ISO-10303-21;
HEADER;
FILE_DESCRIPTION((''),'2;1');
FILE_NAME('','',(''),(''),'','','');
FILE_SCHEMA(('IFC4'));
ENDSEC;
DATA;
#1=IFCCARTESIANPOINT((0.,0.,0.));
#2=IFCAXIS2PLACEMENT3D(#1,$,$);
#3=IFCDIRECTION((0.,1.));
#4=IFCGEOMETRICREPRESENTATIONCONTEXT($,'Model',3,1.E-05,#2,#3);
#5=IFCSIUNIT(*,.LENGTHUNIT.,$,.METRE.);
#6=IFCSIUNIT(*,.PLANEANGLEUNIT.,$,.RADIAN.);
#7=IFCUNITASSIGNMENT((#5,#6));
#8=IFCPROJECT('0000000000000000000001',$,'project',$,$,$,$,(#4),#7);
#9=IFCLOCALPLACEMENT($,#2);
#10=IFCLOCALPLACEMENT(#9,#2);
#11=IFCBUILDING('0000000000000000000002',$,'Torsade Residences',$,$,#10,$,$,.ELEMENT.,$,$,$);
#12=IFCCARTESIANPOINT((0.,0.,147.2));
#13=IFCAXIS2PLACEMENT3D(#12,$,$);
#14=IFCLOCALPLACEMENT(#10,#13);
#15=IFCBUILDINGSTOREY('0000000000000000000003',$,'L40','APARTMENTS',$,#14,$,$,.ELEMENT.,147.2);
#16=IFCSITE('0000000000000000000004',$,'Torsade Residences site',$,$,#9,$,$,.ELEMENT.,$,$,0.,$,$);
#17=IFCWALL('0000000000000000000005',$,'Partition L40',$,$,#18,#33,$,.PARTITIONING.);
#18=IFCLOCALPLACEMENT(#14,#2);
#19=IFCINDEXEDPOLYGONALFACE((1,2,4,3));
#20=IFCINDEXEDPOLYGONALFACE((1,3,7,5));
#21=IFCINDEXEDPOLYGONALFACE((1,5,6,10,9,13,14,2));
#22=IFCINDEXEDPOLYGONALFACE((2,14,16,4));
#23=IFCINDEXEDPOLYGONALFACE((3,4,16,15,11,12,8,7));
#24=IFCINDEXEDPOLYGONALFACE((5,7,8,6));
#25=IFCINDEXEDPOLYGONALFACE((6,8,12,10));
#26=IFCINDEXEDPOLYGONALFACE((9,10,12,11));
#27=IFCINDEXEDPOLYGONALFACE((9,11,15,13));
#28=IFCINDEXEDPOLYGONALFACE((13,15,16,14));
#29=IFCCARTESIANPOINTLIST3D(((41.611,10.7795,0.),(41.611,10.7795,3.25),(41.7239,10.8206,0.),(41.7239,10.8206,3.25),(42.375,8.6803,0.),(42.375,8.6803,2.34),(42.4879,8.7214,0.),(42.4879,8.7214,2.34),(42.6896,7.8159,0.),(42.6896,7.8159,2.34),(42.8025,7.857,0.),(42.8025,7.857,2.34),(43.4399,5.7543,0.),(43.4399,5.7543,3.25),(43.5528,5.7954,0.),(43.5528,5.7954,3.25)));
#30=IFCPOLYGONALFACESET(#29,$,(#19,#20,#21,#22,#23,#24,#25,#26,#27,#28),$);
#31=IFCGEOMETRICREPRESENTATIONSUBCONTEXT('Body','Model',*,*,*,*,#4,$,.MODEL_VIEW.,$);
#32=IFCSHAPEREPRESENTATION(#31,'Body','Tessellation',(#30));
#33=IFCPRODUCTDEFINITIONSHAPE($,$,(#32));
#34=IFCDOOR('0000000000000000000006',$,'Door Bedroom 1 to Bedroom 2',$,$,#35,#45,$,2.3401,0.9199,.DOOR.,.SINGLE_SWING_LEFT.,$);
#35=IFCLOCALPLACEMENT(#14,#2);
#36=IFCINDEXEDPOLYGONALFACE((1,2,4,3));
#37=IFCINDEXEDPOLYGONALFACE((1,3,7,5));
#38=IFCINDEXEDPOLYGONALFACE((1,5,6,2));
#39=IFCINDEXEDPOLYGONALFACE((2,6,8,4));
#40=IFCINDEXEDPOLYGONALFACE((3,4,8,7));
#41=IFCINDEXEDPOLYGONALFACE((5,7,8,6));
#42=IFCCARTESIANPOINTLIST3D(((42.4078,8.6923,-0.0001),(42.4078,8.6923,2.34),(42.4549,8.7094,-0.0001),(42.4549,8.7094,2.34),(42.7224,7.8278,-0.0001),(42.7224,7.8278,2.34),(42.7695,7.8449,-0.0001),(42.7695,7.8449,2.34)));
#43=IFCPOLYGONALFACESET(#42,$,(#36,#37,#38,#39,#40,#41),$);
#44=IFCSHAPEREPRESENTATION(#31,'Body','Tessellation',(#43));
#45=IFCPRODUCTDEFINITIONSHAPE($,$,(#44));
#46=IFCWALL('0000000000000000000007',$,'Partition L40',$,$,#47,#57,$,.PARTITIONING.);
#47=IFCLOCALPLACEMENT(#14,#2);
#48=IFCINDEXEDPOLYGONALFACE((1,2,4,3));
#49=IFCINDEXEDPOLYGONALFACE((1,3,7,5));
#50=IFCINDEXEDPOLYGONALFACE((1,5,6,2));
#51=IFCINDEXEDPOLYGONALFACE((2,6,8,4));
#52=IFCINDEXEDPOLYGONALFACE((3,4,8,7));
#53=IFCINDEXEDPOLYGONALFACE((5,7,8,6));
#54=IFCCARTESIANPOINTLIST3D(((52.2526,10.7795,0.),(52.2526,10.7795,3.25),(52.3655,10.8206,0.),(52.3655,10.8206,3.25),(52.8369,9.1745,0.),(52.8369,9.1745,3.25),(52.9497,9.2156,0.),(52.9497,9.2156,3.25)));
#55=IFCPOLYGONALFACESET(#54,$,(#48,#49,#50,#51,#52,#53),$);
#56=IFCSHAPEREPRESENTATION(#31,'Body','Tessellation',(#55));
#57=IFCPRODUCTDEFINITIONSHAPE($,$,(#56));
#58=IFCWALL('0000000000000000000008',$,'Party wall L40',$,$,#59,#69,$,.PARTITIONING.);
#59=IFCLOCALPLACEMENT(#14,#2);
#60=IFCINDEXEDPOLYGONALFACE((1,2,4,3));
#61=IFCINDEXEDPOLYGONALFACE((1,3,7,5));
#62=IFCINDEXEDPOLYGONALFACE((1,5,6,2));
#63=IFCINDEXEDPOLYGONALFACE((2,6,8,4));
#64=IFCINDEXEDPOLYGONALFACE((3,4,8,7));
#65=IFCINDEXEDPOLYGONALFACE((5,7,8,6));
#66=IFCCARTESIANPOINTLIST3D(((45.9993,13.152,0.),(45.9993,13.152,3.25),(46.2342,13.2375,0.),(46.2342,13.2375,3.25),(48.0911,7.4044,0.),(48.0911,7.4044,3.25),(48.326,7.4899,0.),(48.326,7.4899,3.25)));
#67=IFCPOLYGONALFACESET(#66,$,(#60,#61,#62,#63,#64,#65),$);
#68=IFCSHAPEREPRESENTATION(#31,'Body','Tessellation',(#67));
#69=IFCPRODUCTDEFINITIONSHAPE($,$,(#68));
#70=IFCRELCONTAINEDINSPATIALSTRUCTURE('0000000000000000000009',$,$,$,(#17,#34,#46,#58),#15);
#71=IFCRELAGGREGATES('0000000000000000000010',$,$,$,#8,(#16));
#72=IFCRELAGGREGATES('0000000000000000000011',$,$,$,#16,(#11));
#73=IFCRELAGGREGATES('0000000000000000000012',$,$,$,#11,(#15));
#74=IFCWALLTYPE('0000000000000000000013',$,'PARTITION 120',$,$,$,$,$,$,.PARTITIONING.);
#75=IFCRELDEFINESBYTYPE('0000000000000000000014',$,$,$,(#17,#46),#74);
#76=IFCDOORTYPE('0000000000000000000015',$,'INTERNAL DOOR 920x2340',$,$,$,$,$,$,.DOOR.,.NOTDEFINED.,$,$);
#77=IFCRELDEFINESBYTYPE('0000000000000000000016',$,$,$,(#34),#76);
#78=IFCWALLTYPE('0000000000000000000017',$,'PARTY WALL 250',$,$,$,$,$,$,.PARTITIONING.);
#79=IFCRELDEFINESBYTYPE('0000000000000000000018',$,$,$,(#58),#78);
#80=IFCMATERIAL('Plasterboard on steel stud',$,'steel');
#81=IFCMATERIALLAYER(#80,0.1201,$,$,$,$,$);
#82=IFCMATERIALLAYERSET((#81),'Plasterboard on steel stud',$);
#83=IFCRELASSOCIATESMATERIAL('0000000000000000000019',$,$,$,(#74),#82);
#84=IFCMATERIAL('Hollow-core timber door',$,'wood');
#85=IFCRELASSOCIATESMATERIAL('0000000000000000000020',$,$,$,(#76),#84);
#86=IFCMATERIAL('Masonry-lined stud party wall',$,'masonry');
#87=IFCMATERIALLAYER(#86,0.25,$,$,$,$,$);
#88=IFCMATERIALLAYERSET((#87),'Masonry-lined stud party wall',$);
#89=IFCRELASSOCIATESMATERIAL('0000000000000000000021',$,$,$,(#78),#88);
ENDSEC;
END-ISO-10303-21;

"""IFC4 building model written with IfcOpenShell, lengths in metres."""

from ifc_helpers import new_model, si_unit, direction, frame, frame_2d, origin, place, context, subcontext, project, spatial, rectangle, extrude, material, layer, layer_set, type_object, element, fill, save


model = new_model("IFC4")

# Units and contexts
model_context = context("Model", 3, precision=1e-05, world=origin(), true_north=direction((0.0, 1.0)))
body_context = subcontext(model_context, "Body", "Model", "MODEL_VIEW")
ifc_project = project(units=[si_unit("LENGTHUNIT", "METRE"), si_unit("PLANEANGLEUNIT", "RADIAN")], contexts=[model_context])

# Site, building, storey
site_placement = place(None, origin())
site = spatial("IfcSite", under=ifc_project, at=site_placement, Name="Torsade Residences site", CompositionType="ELEMENT", RefElevation=0.0)
building_placement = place(site_placement, origin())
building = spatial("IfcBuilding", under=site, at=building_placement, Name="Torsade Residences", CompositionType="ELEMENT")
storey_placement = place(building_placement, frame((0.0, 0.0, 147.2)))
storey = spatial("IfcBuildingStorey", under=building, at=storey_placement, Name="L40", Description="APARTMENTS", CompositionType="ELEMENT", Elevation=147.2)

# Wall, opening, door
ifc_material_1 = material(Name="Plasterboard on steel stud", Category="steel")
ifc_layer_1 = layer(ifc_material_1, 0.1201)
ifc_layer_set_1 = layer_set([ifc_layer_1], Name="Plasterboard on steel stud")
wall_type_1 = type_object("IfcWallType", Name="PARTITION 120", PredefinedType="PARTITIONING", material=ifc_layer_set_1)
wall_1_placement = place(storey_placement, frame((41.6675, 10.8, 0.0), z_axis=(0.0, 0.0, 1.0), x_axis=(0.341996, -0.939701, 0.0)))
wall_1 = element("IfcWall", 1, at=wall_1_placement, inside=storey, type_object=wall_type_1, Name="Partition L40", PredefinedType="PARTITIONING", context=body_context, shape_type="SweptSolid", body=[
    extrude(rectangle(XDim=5.3477, YDim=0.1201, at=frame_2d((2.6738, 0.0))), origin(), (0.0, 0.0, 1.0), 3.25),
])
opening_1_placement = place(wall_1_placement, frame((2.2339, 0.0, 0.0)))
opening_1 = element("IfcOpeningElement", 2, at=opening_1_placement, cuts=wall_1, PredefinedType="OPENING", context=body_context, shape_type="SweptSolid", body=[
    extrude(rectangle(XDim=0.9199, YDim=2.3401, at=frame_2d((0.46, 1.1699))), frame((0.0, 0.0701, 0.0), z_axis=(0.0, -1.0, 0.0), x_axis=(1.0, 0.0, 0.0)), (0.0, 0.0, 1.0), 0.1401),
])
ifc_material_2 = material(Name="Hollow-core timber door", Category="wood")
door_type_1 = type_object("IfcDoorType", Name="INTERNAL DOOR 920x2340", OperationType="NOTDEFINED", PredefinedType="DOOR", material=ifc_material_2)
door_1_placement = place(opening_1_placement, origin())
door_1 = element("IfcDoor", 3, at=door_1_placement, inside=storey, type_object=door_type_1, Name="Door Bedroom 1 to Bedroom 2", OperationType="SINGLE_SWING_LEFT", OverallHeight=2.3401, OverallWidth=0.9199, PredefinedType="DOOR", context=body_context, shape_type="SweptSolid", body=[
    extrude(rectangle(XDim=0.9199, YDim=2.3401, at=frame_2d((0.46, 1.1699))), frame((0.0, 0.0249, 0.0), z_axis=(0.0, -1.0, 0.0), x_axis=(1.0, 0.0, 0.0)), (0.0, 0.0, 1.0), 0.05),
])
fill(opening_1, door_1)

# Walls
wall_2_placement = place(storey_placement, frame((52.8933, 9.1951, 0.0), z_axis=(0.0, 0.0, 1.0), x_axis=(-0.342053, 0.939681, 0.0)))
element("IfcWall", 4, at=wall_2_placement, inside=storey, type_object=wall_type_1, Name="Partition L40", PredefinedType="PARTITIONING", context=body_context, shape_type="SweptSolid", body=[
    extrude(rectangle(XDim=1.708, YDim=0.1201, at=frame_2d((0.854, 0.0))), origin(), (0.0, 0.0, 1.0), 3.25),
])
ifc_material_3 = material(Name="Masonry-lined stud party wall", Category="masonry")
ifc_layer_2 = layer(ifc_material_3, 0.25)
ifc_layer_set_2 = layer_set([ifc_layer_2], Name="Masonry-lined stud party wall")
wall_type_2 = type_object("IfcWallType", Name="PARTY WALL 250", PredefinedType="PARTITIONING", material=ifc_layer_set_2)
wall_3_placement = place(storey_placement, frame((48.2085, 7.4473, 0.0), z_axis=(0.0, 0.0, 1.0), x_axis=(-0.341999, 0.9397, 0.0)))
element("IfcWall", 5, at=wall_3_placement, inside=storey, type_object=wall_type_2, Name="Party wall L40", PredefinedType="PARTITIONING", context=body_context, shape_type="SweptSolid", body=[
    extrude(rectangle(XDim=6.1165, YDim=0.25, at=frame_2d((3.0581, 0.0))), origin(), (0.0, 0.0, 1.0), 3.25),
])

save(model, "model.ifc")
